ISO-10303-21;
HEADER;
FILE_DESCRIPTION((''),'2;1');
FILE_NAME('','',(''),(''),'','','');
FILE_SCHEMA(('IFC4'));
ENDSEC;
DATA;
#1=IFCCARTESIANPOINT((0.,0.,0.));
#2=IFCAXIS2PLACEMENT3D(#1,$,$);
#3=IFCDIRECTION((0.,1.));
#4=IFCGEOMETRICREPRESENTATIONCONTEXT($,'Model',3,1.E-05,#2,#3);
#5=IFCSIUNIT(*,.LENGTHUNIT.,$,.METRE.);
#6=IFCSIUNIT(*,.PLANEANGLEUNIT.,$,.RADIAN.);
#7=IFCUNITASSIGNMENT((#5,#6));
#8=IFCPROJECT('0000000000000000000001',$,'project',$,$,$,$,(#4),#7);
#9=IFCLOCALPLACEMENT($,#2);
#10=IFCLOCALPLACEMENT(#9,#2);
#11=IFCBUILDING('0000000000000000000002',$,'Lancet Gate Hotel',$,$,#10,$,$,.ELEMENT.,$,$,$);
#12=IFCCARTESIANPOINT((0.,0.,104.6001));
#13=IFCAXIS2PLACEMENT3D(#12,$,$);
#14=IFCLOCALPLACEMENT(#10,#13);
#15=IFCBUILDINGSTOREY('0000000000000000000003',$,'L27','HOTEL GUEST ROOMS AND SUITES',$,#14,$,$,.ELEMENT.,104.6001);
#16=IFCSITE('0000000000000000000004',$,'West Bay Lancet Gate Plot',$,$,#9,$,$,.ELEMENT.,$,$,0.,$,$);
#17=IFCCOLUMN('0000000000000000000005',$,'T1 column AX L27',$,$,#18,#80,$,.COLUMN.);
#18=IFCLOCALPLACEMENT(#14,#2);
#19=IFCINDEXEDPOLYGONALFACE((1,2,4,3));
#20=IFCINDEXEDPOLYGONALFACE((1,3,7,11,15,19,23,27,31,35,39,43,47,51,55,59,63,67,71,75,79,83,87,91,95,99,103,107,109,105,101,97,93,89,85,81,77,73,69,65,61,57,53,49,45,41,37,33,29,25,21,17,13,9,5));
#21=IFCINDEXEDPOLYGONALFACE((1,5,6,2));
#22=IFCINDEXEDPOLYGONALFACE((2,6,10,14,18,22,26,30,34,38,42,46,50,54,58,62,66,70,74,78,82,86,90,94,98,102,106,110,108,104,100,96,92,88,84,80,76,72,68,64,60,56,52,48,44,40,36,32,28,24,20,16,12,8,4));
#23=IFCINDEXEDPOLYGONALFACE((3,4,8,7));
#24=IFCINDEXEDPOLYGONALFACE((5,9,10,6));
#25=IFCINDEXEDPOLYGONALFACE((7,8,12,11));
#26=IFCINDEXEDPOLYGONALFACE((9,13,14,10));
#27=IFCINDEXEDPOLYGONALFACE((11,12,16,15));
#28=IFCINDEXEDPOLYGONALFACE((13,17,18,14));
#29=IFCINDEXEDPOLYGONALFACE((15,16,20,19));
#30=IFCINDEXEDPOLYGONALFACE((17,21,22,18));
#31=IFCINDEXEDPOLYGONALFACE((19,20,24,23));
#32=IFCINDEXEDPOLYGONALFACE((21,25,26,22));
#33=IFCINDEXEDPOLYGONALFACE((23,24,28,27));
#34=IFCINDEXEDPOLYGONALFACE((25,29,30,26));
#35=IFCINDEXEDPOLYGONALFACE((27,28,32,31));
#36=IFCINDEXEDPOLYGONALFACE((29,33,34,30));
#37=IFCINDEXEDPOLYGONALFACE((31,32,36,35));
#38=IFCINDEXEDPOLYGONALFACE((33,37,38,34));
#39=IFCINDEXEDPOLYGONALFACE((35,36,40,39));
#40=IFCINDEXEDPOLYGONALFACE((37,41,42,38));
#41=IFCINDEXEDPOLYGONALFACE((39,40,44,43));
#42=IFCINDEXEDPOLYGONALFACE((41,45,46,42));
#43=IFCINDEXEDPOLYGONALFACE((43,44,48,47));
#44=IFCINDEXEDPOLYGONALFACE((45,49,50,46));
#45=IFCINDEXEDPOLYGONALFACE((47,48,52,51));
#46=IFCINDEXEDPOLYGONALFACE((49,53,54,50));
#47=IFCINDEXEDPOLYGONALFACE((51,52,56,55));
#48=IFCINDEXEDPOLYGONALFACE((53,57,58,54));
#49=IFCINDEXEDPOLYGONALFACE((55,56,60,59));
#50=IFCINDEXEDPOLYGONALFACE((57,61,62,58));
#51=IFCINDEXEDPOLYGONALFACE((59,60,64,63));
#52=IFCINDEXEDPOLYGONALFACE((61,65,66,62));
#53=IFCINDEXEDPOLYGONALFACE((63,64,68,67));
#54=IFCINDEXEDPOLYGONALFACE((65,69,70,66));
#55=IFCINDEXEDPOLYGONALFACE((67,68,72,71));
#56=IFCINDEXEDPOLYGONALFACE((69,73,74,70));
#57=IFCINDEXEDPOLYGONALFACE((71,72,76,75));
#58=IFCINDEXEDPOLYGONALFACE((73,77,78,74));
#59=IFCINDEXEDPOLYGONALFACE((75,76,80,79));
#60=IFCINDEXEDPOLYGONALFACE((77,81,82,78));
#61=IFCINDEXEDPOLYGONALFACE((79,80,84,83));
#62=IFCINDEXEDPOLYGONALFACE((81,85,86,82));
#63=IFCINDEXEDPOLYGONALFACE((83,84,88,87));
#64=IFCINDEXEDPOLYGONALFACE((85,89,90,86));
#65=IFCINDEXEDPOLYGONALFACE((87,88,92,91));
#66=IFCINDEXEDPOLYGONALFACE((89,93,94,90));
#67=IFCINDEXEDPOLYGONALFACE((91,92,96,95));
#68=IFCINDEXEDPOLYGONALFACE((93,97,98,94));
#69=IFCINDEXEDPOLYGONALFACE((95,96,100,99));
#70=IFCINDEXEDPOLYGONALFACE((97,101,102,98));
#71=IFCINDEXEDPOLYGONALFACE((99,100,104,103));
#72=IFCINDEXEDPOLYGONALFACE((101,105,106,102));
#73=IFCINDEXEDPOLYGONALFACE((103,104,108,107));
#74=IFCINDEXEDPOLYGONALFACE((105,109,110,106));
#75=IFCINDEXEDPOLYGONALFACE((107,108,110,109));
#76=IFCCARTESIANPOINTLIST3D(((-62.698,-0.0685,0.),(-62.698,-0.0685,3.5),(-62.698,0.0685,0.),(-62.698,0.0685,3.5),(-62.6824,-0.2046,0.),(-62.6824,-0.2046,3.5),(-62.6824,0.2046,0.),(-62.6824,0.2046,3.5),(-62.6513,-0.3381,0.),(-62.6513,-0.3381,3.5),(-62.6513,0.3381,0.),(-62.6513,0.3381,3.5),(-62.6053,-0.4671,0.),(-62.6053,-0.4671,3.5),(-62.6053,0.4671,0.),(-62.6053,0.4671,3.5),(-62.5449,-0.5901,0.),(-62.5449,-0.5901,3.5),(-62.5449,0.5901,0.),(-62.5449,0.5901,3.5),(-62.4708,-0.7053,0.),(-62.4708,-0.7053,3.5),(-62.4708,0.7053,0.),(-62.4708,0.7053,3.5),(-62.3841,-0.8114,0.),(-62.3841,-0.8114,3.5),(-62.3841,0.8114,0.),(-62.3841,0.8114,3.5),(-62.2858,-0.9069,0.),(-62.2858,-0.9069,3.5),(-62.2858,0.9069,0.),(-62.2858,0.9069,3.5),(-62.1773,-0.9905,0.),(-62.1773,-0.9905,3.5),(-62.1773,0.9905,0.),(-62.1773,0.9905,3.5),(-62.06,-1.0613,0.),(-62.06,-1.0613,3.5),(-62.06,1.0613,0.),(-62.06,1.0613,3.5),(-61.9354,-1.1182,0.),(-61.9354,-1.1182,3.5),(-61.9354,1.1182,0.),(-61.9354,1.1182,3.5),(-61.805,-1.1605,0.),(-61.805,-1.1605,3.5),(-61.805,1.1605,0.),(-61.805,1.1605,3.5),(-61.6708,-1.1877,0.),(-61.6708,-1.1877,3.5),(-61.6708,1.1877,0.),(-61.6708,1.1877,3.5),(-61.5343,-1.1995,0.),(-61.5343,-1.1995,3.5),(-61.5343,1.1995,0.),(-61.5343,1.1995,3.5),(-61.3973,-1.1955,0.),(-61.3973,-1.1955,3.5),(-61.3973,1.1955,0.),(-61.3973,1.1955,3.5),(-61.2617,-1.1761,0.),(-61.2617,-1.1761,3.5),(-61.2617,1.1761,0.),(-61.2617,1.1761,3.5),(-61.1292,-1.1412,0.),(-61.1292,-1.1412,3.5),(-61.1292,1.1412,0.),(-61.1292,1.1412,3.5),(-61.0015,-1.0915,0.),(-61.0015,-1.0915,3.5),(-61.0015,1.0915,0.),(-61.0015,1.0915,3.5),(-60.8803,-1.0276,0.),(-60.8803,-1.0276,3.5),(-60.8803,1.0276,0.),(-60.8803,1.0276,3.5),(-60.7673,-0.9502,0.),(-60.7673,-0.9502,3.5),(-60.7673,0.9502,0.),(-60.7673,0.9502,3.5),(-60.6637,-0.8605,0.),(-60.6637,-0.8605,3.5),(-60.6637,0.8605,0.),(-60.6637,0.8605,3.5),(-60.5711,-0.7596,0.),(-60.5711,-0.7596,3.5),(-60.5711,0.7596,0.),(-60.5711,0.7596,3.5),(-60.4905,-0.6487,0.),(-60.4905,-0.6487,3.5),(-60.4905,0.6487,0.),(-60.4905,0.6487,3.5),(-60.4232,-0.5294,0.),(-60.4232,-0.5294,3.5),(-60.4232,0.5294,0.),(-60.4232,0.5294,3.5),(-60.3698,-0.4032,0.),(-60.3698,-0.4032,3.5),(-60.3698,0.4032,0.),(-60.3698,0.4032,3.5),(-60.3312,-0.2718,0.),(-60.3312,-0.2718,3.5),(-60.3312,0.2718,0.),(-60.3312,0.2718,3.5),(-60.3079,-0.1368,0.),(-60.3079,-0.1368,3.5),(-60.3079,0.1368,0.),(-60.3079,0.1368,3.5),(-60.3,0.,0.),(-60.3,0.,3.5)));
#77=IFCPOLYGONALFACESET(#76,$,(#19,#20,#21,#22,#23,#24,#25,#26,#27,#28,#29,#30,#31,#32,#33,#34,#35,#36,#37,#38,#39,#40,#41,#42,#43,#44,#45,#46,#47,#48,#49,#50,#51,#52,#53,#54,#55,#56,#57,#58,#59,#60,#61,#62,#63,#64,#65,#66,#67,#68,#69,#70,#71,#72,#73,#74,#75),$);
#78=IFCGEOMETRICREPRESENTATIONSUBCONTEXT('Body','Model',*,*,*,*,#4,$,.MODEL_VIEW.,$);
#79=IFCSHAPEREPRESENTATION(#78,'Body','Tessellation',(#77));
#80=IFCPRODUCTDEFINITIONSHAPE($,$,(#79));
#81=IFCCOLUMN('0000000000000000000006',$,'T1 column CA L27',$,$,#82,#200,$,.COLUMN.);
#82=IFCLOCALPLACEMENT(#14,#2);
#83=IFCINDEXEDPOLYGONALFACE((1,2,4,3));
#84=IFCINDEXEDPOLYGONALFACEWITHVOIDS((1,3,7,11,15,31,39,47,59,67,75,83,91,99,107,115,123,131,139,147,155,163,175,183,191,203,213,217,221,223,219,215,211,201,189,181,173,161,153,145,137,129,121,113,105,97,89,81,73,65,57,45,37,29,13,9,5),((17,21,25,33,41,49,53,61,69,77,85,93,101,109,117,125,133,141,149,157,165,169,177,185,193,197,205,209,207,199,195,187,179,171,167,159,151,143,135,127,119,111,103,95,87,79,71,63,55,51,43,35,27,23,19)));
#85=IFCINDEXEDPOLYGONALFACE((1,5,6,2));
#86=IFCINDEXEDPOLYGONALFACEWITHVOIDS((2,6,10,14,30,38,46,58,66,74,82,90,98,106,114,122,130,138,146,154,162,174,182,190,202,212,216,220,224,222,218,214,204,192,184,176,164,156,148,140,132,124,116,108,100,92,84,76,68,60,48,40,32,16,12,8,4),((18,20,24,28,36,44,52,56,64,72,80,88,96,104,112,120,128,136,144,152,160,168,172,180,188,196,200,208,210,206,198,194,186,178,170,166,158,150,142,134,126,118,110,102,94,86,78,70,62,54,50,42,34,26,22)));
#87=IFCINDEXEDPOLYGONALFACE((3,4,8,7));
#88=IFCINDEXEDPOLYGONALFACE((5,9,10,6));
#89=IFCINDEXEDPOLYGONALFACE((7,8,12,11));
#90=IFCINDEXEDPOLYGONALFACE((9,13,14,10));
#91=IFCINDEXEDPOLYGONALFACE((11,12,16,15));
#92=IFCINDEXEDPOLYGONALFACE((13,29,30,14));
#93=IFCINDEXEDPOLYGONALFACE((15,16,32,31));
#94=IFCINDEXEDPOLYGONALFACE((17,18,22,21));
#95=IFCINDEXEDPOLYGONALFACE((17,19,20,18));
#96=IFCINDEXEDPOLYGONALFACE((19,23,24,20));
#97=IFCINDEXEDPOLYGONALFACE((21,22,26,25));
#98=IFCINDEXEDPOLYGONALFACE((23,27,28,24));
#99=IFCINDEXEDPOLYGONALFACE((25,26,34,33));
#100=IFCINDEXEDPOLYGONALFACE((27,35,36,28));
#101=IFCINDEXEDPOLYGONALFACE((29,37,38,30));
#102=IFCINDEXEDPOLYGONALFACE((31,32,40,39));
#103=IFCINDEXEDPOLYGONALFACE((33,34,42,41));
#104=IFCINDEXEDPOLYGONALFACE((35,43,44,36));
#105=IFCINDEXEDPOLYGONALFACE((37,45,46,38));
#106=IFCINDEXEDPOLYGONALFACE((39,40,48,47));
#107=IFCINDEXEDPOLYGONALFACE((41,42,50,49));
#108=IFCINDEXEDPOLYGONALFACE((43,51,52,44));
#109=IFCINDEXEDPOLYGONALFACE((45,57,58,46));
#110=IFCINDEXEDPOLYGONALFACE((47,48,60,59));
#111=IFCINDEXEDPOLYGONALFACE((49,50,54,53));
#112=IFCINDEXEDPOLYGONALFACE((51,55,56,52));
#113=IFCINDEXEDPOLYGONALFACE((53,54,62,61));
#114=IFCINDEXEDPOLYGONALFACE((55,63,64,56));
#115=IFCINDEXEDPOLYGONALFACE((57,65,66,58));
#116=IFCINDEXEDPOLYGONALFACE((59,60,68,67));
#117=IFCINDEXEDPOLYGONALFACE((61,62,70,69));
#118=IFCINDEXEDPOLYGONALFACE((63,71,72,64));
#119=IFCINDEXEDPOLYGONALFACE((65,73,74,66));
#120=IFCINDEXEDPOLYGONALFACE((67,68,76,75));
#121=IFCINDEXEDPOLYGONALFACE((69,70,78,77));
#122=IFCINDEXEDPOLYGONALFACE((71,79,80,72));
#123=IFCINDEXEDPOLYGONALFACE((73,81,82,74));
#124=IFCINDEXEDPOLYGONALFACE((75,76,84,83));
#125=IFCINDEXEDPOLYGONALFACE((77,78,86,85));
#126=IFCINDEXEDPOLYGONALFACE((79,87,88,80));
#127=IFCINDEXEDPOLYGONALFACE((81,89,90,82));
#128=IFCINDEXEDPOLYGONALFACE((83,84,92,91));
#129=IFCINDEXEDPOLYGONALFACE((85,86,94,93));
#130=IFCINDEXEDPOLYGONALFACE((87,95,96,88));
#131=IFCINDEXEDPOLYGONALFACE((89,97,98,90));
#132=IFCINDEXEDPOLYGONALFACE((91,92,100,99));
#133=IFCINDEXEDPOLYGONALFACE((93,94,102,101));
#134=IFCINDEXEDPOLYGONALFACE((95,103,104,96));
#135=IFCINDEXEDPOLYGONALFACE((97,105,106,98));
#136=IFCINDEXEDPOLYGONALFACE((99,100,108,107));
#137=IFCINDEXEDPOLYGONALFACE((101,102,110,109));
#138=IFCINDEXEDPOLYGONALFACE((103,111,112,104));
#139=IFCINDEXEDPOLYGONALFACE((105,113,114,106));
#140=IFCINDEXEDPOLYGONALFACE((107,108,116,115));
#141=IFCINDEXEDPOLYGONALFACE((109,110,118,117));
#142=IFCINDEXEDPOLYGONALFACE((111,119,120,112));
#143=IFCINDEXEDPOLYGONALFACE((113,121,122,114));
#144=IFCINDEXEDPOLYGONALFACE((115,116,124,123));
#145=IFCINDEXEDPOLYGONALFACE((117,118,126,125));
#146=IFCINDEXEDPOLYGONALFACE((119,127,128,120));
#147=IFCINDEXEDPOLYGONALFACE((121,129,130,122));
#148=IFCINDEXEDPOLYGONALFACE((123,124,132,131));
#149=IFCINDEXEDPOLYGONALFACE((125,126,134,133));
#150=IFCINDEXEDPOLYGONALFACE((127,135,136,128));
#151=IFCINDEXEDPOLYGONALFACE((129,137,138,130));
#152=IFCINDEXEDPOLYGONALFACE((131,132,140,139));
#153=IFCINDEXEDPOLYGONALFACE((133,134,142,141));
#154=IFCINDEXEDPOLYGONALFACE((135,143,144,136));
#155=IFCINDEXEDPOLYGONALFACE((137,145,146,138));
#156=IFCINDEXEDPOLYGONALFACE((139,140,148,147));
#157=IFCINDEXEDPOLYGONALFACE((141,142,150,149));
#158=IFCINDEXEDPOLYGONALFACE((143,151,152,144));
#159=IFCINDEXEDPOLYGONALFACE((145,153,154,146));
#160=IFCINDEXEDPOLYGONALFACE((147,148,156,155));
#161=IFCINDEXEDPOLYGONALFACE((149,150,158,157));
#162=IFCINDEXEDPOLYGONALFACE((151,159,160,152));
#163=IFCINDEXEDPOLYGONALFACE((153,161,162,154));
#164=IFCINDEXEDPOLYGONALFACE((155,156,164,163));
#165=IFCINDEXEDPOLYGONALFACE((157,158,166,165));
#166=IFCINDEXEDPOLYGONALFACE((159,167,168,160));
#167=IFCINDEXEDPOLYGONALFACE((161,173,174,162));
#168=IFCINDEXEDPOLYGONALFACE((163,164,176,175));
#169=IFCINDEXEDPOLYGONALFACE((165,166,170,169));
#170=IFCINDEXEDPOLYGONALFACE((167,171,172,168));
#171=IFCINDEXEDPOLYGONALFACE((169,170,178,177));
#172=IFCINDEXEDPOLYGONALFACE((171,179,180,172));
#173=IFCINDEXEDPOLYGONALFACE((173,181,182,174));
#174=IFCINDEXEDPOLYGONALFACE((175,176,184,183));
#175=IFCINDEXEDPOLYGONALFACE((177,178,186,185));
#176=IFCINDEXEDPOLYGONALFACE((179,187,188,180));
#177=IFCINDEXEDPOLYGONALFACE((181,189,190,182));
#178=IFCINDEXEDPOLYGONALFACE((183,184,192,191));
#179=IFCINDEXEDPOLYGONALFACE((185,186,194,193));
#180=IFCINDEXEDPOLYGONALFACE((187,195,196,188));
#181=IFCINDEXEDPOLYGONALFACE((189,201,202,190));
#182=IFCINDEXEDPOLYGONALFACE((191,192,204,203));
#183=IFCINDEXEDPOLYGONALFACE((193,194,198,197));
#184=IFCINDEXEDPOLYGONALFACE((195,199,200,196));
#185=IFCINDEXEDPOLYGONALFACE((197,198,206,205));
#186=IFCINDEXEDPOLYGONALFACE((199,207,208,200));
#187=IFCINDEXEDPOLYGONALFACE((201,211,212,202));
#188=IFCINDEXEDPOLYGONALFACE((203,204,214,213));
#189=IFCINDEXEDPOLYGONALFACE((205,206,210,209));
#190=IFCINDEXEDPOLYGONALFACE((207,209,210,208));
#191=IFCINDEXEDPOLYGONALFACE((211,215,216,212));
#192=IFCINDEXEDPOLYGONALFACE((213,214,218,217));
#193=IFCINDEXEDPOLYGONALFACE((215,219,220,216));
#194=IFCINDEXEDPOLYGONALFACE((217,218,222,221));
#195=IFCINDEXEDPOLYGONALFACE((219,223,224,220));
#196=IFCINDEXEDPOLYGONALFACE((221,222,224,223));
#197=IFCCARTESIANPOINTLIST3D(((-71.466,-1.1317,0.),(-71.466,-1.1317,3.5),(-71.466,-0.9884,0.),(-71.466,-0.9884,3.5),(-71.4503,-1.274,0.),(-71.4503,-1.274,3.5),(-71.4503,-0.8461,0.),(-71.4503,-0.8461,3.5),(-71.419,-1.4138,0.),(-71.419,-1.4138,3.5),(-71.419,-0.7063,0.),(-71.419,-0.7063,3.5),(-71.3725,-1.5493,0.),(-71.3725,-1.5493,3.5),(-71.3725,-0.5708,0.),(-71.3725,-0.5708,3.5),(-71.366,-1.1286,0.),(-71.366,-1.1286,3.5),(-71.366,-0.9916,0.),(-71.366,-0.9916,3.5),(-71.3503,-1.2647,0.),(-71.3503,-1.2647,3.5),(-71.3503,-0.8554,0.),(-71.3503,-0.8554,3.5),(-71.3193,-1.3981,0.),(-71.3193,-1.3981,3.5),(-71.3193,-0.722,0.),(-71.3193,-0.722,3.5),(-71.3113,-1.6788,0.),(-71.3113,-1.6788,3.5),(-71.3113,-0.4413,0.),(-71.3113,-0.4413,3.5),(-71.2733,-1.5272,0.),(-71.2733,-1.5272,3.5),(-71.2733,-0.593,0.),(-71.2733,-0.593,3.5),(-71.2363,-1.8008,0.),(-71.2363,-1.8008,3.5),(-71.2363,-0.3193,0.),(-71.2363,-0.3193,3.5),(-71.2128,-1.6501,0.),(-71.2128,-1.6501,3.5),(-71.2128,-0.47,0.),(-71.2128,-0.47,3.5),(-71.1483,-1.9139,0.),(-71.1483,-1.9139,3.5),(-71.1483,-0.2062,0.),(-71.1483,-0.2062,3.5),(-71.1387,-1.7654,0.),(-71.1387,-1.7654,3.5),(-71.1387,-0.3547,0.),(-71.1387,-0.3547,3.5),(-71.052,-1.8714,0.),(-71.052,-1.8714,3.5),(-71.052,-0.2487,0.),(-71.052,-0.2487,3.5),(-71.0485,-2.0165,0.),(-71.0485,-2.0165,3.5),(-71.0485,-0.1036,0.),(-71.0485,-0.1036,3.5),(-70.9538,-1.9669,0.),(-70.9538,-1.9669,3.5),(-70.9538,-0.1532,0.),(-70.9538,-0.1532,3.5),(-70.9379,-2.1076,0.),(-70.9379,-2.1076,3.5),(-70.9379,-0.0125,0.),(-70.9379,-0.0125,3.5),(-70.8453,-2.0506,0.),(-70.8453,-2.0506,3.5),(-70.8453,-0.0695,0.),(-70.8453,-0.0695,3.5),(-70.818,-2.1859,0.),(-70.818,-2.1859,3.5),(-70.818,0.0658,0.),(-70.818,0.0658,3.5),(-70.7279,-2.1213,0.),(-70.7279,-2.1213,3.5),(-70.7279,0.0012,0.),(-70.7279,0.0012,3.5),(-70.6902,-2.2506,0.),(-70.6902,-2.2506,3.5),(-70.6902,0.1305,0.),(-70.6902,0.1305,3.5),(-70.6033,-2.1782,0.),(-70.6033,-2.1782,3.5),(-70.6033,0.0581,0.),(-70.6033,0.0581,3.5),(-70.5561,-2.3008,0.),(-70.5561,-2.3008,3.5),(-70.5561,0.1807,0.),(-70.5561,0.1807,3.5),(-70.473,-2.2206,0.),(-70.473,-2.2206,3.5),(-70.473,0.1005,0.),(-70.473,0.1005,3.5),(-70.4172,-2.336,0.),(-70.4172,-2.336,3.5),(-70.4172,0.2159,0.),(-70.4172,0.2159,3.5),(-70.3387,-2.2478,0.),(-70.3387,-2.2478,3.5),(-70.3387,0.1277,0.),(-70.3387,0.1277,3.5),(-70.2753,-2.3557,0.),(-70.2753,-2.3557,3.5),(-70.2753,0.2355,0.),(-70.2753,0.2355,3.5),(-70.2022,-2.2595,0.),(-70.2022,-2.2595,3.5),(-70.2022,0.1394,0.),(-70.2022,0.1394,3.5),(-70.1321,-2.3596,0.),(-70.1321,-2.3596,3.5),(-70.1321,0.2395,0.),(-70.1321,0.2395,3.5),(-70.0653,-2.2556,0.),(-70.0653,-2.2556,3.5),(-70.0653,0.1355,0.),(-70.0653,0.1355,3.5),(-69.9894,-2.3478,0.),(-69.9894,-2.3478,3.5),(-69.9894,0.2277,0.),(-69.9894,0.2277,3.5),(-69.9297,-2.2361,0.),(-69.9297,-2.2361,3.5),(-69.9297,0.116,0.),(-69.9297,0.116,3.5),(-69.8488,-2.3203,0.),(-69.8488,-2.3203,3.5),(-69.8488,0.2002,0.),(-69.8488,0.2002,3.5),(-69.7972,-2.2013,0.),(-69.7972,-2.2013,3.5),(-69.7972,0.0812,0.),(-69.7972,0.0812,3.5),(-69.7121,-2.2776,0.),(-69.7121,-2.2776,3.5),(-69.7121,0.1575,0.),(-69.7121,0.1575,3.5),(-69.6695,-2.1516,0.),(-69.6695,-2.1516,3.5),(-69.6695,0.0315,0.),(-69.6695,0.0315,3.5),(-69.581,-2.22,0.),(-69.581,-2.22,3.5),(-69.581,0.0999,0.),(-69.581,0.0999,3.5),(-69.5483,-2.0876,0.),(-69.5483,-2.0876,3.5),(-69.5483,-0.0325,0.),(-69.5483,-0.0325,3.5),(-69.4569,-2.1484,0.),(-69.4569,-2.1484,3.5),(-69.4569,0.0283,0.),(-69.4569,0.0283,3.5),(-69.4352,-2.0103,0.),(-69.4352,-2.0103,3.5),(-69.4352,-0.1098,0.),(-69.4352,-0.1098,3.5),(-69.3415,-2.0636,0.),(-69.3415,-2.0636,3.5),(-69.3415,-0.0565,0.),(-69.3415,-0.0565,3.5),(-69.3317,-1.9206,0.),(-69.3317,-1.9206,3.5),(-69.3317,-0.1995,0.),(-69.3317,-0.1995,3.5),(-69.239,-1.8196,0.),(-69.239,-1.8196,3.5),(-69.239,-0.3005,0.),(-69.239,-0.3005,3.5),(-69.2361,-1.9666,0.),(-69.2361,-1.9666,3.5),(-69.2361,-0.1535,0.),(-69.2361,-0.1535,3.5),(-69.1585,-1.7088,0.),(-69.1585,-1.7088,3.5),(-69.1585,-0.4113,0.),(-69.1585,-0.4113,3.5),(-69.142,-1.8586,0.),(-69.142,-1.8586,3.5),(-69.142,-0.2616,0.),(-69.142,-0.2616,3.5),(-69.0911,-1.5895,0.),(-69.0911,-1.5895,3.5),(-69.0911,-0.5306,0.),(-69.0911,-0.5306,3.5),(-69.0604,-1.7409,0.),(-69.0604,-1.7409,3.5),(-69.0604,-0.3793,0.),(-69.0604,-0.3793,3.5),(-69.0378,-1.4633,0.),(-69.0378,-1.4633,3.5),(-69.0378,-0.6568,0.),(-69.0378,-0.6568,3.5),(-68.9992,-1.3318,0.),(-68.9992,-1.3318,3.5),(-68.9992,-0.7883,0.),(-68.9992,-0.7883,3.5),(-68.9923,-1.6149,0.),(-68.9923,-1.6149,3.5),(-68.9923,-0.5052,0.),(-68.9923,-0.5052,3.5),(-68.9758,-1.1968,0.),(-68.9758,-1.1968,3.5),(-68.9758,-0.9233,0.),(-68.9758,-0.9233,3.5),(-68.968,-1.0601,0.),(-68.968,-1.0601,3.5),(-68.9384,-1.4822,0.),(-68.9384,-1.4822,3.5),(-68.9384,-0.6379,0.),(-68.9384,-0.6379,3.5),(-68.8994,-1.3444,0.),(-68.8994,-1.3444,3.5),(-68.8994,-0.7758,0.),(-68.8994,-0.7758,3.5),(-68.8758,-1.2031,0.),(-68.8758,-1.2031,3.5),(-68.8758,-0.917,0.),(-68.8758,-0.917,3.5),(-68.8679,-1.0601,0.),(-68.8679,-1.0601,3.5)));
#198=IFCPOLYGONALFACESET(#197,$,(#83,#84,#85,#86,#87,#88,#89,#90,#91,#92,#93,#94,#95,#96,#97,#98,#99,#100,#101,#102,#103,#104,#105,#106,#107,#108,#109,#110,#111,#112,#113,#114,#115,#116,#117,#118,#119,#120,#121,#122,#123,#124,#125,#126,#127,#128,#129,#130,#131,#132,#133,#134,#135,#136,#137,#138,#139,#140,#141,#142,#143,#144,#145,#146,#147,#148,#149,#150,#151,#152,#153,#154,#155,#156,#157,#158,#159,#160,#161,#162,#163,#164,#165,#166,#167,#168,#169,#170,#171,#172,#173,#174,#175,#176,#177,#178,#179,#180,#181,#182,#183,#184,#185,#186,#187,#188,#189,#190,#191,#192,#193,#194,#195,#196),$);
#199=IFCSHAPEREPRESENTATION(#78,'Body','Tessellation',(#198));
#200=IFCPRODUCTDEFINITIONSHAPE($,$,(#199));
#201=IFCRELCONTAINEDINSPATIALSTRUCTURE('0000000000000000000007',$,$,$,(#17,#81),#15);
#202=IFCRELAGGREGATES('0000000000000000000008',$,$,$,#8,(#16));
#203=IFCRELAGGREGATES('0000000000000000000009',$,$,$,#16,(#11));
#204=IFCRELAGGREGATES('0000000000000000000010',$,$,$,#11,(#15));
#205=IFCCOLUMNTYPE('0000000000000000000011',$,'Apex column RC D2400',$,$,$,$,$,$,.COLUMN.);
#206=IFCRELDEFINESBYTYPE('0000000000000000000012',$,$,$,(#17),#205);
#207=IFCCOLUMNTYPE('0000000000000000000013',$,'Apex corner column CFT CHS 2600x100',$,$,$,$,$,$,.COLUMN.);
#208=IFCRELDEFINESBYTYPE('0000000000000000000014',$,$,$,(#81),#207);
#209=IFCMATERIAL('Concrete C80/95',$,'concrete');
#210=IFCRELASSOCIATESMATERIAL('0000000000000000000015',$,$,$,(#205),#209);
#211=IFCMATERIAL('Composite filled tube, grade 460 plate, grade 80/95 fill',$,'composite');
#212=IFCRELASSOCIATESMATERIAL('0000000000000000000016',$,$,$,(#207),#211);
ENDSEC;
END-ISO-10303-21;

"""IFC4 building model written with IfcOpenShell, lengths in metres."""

from ifc_helpers import new_model, si_unit, direction, frame, origin, origin_2d, place, context, subcontext, project, spatial, circle, hollow_circle, extrude, material, material_profile, profile_set, type_object, element, save


model = new_model("IFC4")

# Units and contexts
model_context = context("Model", 3, precision=1e-05, world=origin(), true_north=direction((0.0, 1.0)))
body_context = subcontext(model_context, "Body", "Model", "MODEL_VIEW")
ifc_project = project(units=[si_unit("LENGTHUNIT", "METRE"), si_unit("PLANEANGLEUNIT", "RADIAN")], contexts=[model_context])

# Site, building, storey
site_placement = place(None, origin())
site = spatial("IfcSite", under=ifc_project, at=site_placement, Name="West Bay Lancet Gate Plot", CompositionType="ELEMENT", RefElevation=0.0)
building_placement = place(site_placement, origin())
building = spatial("IfcBuilding", under=site, at=building_placement, Name="Lancet Gate Hotel", CompositionType="ELEMENT")
storey_placement = place(building_placement, frame((0.0, 0.0, 104.6001)))
storey = spatial("IfcBuildingStorey", under=building, at=storey_placement, Name="L27", Description="HOTEL GUEST ROOMS AND SUITES", CompositionType="ELEMENT", Elevation=104.6001)

# Columns
ifc_material_1 = material(Name="Concrete C80/95", Category="concrete")
ifc_material_profile_1 = material_profile(ifc_material_1, circle(Radius=1.2, at=origin_2d()), Name="RC D2400")
ifc_profile_set_1 = profile_set([ifc_material_profile_1], Name="Concrete C80/95")
column_type_1 = type_object("IfcColumnType", Name="Apex column RC D2400", PredefinedType="COLUMN", material=ifc_profile_set_1)
column_1_placement = place(storey_placement, frame((-61.5, 0.0, 0.0), z_axis=(0.0, 0.0, 1.0), x_axis=(1.0, 0.0, 0.0)))
element("IfcColumn", 1, at=column_1_placement, inside=storey, type_object=column_type_1, Name="T1 column AX L27", PredefinedType="COLUMN", context=body_context, shape_type="SweptSolid", body=[
    extrude(circle(Radius=1.2, at=origin_2d()), origin(), (0.0, 0.0, 1.0), 3.5),
])
ifc_material_2 = material(Name="Composite filled tube, grade 460 plate, grade 80/95 fill", Category="composite")
ifc_material_profile_2 = material_profile(ifc_material_2, hollow_circle(Radius=1.3, WallThickness=0.1001, at=origin_2d()), Name="CHS 2600x100")
ifc_profile_set_2 = profile_set([ifc_material_profile_2], Name="Composite filled tube, grade 460 plate, grade 80/95 fill")
column_type_2 = type_object("IfcColumnType", Name="Apex corner column CFT CHS 2600x100", PredefinedType="COLUMN", material=ifc_profile_set_2)
column_2_placement = place(storey_placement, frame((-70.168, -1.0601, 0.0), z_axis=(0.0, 0.0, 1.0), x_axis=(1.0, 0.0, 0.0)))
element("IfcColumn", 2, at=column_2_placement, inside=storey, type_object=column_type_2, Name="T1 column CA L27", PredefinedType="COLUMN", context=body_context, shape_type="SweptSolid", body=[
    extrude(hollow_circle(Radius=1.3, WallThickness=0.1001, at=origin_2d()), origin(), (0.0, 0.0, 1.0), 3.5),
])

save(model, "model.ifc")
